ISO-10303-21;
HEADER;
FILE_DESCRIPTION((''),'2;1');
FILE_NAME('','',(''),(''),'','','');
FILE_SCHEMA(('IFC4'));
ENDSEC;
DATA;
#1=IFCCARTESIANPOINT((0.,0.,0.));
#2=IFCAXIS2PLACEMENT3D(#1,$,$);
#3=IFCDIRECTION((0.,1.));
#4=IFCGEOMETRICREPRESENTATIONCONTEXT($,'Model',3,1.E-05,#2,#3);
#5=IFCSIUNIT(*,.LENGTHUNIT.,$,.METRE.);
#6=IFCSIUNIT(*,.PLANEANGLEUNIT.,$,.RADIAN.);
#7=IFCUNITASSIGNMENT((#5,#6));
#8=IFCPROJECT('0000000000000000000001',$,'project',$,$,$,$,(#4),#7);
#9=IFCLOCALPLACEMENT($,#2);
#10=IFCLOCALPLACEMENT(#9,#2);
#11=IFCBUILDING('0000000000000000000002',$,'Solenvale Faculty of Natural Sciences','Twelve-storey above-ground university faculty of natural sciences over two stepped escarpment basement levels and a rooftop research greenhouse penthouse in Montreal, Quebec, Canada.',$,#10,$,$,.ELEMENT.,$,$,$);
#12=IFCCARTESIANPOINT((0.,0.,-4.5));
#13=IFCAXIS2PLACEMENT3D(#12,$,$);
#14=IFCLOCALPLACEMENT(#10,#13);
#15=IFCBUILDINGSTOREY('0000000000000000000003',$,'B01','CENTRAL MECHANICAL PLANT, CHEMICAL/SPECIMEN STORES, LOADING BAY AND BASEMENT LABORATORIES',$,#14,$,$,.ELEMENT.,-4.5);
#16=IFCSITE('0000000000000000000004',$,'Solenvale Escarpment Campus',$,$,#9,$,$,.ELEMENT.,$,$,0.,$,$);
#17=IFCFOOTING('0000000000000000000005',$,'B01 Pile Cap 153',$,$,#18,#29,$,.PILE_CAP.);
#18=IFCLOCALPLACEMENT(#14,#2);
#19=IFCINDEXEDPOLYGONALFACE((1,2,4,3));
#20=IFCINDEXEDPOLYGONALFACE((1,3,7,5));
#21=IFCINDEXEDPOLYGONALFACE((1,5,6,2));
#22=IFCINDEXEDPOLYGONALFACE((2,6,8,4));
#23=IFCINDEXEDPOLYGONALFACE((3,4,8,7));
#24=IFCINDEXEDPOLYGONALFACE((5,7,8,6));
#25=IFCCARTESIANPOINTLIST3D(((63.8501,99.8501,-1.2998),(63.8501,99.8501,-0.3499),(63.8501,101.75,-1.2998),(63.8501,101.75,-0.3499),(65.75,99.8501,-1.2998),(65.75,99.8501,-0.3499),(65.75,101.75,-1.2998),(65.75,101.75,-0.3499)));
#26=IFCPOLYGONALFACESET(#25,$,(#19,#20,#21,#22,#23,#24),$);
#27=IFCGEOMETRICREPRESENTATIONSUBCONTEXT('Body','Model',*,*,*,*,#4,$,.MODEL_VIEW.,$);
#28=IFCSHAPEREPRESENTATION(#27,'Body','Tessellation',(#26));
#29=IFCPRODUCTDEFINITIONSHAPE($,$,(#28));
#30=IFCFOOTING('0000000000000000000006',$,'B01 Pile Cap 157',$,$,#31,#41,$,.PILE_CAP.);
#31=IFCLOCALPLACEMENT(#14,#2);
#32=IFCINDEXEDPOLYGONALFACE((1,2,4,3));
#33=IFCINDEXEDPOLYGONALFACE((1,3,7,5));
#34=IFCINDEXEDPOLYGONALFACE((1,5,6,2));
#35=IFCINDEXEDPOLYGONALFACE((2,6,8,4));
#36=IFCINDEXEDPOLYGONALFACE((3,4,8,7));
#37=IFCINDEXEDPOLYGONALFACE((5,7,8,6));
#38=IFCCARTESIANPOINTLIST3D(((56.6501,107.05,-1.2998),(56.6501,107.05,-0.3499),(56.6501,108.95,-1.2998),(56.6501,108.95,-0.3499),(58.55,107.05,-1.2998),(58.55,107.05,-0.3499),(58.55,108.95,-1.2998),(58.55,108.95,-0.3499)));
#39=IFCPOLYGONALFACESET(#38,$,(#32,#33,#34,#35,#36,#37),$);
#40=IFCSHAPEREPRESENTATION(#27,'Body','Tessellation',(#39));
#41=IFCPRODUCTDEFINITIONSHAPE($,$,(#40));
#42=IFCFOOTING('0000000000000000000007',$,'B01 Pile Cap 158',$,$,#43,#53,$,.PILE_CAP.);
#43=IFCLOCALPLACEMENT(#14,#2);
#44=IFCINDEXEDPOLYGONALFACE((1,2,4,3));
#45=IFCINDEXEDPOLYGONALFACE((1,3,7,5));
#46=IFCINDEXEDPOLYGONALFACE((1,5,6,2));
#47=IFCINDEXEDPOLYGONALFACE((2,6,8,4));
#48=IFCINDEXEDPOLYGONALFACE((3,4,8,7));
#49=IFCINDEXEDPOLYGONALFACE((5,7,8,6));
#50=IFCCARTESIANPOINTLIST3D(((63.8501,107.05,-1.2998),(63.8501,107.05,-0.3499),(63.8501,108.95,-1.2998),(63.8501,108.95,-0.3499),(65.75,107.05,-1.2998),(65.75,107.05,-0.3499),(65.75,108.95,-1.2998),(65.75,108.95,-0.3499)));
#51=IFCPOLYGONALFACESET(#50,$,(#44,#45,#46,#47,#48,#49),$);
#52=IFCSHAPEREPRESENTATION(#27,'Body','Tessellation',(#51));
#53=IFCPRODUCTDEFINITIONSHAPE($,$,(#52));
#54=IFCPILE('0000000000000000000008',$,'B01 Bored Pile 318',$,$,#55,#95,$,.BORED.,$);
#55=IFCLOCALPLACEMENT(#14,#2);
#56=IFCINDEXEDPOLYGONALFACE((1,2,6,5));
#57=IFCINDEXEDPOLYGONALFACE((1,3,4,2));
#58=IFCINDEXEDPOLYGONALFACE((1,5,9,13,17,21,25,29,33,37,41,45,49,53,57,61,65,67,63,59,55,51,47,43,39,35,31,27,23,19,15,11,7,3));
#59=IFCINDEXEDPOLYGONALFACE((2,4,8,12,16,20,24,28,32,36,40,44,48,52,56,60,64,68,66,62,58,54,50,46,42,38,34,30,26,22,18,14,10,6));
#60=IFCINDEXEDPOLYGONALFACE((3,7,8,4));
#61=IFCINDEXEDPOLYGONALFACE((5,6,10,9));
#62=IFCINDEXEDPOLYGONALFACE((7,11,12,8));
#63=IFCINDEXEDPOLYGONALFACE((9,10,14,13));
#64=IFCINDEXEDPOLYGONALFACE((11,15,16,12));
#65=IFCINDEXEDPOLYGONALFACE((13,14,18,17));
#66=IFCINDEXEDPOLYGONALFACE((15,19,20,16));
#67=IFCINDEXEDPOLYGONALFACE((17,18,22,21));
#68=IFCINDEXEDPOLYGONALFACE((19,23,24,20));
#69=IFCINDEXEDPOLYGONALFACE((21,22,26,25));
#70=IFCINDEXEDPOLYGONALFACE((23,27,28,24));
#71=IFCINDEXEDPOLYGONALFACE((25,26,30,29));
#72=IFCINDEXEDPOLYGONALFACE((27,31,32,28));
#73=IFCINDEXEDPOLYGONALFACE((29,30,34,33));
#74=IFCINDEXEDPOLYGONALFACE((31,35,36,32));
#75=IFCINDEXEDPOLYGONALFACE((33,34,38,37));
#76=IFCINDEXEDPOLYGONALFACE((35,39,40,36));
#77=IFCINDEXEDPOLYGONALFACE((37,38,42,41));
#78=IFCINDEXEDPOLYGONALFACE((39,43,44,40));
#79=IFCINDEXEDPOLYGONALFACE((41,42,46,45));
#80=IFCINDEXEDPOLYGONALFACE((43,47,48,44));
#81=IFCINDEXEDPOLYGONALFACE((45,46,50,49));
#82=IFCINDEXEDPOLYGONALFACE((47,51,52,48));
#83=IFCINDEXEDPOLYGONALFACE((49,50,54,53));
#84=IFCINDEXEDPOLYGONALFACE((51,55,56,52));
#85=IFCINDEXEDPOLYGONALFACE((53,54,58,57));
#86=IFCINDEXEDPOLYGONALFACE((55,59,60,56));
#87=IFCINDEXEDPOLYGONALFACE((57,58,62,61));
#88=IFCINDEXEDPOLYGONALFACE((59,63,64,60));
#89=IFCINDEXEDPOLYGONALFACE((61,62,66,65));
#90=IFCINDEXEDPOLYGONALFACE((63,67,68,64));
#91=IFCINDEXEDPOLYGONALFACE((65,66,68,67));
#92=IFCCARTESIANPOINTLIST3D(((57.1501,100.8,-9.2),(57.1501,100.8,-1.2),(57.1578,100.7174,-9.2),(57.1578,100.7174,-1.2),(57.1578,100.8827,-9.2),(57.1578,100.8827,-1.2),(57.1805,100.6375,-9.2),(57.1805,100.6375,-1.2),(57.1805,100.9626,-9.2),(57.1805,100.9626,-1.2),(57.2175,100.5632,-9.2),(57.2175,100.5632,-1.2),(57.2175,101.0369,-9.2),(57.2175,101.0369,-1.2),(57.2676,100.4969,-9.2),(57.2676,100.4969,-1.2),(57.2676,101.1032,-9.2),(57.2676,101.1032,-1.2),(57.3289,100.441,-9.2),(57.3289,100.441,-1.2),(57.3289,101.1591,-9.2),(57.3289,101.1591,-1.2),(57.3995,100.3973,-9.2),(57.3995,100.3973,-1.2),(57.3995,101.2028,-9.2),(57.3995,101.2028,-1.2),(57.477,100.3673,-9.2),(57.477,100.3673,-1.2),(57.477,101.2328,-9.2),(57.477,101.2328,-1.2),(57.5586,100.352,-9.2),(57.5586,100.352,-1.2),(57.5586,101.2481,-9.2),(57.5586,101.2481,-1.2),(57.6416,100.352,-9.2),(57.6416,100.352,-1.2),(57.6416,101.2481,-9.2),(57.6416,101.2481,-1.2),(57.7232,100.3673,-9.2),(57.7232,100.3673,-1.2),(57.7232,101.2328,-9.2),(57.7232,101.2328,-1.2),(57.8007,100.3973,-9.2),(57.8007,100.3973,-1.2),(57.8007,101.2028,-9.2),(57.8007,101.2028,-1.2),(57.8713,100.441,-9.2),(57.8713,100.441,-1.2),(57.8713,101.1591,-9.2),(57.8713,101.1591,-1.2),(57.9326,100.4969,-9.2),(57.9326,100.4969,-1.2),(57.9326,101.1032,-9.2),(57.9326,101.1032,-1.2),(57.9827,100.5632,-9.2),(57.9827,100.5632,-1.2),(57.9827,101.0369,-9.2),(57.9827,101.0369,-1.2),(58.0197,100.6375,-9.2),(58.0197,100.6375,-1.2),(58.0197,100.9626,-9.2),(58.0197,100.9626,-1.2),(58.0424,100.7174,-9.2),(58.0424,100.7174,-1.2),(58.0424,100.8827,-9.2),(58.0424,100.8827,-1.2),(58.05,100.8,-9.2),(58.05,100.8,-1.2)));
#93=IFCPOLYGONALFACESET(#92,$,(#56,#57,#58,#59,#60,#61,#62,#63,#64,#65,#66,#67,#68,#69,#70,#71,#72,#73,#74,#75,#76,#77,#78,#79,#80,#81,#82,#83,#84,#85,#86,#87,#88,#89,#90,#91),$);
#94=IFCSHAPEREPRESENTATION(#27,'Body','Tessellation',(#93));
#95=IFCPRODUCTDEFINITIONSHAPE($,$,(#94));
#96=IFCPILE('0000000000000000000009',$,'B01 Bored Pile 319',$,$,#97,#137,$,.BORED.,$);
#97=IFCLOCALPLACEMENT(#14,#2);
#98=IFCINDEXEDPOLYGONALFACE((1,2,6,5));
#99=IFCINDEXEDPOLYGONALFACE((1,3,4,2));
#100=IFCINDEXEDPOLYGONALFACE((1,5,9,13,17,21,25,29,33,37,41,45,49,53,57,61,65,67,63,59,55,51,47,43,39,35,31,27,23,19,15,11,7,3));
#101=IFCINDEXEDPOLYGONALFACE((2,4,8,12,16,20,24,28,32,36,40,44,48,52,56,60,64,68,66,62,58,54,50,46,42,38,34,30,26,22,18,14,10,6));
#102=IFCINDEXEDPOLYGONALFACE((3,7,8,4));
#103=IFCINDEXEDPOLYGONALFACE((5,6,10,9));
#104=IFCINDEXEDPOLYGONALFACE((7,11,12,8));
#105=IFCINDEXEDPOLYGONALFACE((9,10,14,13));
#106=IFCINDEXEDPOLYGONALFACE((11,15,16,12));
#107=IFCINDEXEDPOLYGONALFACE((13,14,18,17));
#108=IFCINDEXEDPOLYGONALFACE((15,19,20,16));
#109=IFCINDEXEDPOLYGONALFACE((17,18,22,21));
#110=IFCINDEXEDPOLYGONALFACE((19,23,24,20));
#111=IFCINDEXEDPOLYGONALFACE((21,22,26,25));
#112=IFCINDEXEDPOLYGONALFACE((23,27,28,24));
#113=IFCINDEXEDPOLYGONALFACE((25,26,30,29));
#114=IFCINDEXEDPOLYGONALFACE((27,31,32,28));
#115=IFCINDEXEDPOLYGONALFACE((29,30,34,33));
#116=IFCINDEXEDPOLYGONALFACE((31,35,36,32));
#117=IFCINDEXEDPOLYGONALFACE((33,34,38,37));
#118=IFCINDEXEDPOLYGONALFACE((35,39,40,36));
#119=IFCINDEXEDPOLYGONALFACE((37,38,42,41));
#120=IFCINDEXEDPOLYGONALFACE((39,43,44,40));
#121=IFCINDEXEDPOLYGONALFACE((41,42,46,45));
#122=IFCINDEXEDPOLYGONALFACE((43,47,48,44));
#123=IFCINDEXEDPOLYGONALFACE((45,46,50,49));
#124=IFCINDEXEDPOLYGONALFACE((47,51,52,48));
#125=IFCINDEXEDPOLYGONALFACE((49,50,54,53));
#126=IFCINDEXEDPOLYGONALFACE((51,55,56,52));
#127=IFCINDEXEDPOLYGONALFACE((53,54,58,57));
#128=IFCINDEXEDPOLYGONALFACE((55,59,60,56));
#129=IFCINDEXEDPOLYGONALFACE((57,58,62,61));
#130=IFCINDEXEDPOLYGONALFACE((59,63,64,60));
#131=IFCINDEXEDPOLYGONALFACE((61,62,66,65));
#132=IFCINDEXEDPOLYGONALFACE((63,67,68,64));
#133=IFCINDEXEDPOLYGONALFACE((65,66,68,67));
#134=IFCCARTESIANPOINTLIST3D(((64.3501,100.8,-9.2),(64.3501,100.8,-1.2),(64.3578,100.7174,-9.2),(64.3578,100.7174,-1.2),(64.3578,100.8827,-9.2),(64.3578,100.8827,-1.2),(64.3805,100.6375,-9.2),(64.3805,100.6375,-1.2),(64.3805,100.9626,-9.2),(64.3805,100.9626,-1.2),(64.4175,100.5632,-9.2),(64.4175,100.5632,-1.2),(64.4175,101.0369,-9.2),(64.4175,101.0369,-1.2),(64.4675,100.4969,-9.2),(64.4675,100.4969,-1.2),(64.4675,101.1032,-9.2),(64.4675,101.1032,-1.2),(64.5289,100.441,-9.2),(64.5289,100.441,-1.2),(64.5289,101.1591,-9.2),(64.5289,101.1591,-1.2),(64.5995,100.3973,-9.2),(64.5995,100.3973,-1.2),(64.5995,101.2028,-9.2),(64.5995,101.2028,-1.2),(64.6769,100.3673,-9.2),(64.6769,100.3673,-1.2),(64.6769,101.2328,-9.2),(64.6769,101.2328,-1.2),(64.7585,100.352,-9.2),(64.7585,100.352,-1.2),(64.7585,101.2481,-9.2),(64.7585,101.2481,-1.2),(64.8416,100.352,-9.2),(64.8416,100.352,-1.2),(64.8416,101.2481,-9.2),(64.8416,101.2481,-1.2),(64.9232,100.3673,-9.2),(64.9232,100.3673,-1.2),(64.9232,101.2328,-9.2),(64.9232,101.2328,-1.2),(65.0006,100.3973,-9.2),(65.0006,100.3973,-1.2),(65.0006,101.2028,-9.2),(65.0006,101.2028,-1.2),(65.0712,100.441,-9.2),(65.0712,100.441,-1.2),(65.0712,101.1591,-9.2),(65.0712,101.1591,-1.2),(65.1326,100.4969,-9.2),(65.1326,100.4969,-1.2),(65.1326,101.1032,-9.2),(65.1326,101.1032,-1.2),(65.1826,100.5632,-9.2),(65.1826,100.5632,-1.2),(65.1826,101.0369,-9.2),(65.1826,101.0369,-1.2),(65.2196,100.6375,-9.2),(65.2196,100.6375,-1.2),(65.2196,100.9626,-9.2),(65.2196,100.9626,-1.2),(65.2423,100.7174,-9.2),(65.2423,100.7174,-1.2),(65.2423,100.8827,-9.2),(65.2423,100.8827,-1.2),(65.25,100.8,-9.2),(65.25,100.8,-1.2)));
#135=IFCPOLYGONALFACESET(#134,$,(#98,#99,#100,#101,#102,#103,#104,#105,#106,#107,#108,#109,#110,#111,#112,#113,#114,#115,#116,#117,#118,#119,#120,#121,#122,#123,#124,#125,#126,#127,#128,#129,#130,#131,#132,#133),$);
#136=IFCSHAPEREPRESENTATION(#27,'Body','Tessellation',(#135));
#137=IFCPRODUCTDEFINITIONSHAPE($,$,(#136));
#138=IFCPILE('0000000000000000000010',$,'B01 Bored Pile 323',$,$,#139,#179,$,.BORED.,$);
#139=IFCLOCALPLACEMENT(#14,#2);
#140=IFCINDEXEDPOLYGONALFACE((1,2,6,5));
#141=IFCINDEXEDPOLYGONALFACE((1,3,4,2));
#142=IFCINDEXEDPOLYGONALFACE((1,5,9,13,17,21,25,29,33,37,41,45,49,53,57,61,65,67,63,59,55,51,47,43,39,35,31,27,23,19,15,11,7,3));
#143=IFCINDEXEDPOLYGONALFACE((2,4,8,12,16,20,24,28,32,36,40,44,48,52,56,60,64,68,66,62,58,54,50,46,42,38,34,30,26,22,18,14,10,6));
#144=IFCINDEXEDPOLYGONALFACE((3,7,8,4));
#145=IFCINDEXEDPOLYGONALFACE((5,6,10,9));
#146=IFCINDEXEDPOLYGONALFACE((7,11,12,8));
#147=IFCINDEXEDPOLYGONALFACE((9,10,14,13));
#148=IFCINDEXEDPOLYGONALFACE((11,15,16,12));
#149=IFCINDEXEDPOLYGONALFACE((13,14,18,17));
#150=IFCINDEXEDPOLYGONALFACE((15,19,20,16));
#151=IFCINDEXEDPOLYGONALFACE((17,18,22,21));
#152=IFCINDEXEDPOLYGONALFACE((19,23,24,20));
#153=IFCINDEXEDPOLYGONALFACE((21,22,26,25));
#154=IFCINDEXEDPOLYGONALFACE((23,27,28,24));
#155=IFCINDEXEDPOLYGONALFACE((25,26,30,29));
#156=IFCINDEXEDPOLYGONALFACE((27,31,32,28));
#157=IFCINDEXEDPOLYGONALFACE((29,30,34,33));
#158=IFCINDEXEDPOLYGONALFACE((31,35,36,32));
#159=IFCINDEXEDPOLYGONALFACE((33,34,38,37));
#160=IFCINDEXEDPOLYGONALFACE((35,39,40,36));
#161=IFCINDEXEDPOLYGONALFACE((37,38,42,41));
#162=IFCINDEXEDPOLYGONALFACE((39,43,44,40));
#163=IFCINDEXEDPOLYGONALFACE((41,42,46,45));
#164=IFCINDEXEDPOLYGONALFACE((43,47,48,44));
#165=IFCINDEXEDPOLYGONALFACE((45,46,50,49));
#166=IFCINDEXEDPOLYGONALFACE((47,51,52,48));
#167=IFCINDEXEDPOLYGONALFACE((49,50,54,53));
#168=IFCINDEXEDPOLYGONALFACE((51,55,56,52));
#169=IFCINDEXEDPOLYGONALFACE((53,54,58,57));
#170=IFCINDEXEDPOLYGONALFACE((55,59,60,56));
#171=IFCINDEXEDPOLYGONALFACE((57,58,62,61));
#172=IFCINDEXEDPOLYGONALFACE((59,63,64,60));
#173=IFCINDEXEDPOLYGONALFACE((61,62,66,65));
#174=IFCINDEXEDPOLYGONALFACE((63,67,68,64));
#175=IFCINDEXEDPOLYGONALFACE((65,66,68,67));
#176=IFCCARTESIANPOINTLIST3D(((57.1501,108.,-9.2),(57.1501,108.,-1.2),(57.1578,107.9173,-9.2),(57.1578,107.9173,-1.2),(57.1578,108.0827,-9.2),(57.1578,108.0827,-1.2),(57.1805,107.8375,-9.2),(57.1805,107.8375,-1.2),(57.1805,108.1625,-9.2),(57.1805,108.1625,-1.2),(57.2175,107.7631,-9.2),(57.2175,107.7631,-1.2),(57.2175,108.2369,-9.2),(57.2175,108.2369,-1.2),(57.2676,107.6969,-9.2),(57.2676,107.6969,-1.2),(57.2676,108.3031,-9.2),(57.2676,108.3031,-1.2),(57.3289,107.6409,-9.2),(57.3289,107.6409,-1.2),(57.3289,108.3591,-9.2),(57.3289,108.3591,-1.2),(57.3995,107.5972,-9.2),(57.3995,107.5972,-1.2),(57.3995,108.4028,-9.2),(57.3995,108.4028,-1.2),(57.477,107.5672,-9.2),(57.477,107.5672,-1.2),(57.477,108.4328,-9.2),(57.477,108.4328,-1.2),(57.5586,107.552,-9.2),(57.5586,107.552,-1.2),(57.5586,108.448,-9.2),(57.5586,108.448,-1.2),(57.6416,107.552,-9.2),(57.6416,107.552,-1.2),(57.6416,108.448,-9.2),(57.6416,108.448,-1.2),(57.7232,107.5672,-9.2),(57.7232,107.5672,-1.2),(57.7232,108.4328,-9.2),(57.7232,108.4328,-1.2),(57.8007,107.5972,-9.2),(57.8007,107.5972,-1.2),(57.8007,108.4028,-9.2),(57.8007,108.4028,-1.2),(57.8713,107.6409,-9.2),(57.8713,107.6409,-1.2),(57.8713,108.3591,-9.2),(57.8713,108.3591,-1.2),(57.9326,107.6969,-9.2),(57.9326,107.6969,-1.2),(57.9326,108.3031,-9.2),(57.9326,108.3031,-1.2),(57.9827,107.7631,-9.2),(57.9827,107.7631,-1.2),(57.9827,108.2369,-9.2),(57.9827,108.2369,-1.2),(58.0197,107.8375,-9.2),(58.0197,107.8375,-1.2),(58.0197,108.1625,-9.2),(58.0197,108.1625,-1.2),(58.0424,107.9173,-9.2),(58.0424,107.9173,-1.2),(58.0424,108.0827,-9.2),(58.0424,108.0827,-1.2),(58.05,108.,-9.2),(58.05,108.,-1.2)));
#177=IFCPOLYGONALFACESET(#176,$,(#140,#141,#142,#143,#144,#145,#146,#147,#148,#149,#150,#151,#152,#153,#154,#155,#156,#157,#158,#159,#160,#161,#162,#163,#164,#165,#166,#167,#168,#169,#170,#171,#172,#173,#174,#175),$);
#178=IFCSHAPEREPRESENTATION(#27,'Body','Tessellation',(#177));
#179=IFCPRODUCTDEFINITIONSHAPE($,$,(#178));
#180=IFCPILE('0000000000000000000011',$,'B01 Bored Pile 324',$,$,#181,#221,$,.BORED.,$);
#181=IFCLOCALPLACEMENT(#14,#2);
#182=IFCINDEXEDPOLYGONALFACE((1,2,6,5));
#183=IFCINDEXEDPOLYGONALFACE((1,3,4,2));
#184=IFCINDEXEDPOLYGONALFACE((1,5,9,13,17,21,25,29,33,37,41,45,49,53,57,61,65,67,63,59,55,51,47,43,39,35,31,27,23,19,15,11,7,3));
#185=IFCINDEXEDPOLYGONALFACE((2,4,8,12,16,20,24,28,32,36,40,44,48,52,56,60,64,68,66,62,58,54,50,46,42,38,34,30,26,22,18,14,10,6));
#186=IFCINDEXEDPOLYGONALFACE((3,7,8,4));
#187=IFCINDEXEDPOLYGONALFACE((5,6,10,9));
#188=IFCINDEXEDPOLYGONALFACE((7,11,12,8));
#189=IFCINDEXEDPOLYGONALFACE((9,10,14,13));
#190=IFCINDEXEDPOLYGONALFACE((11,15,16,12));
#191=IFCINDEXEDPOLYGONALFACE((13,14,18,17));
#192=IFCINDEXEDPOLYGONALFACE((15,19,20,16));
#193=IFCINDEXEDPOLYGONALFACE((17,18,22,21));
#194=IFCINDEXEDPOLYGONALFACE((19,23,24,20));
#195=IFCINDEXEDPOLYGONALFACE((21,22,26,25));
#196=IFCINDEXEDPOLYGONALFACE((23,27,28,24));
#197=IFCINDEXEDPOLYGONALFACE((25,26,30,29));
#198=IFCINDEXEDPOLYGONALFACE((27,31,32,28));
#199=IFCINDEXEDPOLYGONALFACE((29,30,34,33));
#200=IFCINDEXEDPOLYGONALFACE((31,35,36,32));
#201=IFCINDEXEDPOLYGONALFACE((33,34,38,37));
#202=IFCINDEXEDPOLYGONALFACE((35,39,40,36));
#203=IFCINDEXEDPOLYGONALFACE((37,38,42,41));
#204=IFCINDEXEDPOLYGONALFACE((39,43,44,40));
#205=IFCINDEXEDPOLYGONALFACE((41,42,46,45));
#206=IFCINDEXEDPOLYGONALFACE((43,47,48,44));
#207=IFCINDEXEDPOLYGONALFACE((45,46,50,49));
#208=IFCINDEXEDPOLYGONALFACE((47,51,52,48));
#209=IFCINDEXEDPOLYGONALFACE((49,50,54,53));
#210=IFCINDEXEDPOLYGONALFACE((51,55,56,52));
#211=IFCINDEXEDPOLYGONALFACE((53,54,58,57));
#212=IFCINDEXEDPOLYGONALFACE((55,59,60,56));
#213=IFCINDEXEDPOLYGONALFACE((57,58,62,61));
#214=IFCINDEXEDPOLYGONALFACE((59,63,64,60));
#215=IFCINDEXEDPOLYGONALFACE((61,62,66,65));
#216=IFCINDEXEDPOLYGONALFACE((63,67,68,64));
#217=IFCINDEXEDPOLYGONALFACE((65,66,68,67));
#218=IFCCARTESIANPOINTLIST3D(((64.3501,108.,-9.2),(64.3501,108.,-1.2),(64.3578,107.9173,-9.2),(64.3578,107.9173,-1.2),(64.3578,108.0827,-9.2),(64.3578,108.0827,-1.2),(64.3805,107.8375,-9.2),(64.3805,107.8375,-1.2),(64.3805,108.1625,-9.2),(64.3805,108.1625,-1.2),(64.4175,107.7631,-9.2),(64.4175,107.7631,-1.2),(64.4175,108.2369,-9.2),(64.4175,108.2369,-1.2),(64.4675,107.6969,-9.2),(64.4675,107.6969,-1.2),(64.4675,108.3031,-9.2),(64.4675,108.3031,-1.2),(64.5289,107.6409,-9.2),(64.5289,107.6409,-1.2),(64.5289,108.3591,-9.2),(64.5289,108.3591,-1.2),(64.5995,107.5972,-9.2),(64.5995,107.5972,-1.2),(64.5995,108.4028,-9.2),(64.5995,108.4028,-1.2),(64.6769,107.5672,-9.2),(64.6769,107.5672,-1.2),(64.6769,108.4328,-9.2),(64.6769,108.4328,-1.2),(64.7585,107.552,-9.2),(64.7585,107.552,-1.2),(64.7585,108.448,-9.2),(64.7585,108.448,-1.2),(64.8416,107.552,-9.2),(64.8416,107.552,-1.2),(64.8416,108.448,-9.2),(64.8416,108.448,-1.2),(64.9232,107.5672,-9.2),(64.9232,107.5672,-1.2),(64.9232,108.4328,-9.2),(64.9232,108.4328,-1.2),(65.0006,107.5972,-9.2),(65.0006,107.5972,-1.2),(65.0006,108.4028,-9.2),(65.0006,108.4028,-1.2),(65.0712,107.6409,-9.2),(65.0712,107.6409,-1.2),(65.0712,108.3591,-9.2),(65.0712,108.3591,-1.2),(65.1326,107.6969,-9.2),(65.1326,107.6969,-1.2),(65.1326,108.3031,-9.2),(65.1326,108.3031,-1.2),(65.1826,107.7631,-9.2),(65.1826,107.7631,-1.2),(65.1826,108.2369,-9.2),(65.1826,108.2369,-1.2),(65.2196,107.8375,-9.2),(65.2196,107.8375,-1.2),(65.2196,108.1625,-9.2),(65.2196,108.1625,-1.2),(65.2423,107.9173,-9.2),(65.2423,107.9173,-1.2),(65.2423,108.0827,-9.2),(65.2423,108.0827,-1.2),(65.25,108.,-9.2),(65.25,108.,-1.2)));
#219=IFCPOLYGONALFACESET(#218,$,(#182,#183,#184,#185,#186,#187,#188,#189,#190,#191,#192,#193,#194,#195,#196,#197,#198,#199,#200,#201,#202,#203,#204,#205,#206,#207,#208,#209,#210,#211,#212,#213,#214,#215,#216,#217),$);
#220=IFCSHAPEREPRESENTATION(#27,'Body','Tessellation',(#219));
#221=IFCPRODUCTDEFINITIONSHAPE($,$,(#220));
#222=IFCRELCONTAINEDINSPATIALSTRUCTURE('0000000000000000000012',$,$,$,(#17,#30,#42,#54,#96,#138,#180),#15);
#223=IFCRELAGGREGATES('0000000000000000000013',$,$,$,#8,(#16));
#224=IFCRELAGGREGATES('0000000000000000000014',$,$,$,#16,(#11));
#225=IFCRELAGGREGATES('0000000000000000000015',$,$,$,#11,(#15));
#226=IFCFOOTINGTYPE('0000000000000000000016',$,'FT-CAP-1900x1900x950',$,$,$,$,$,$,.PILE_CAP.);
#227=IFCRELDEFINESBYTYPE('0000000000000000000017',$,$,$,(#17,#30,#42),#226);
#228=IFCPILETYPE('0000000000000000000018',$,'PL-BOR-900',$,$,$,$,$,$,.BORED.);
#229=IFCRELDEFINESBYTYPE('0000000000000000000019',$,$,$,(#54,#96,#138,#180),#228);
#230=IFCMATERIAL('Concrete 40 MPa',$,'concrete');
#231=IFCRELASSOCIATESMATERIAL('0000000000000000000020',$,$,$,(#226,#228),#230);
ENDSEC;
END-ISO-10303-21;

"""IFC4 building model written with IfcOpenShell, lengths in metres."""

from ifc_helpers import new_model, si_unit, direction, frame, origin, origin_2d, place, context, subcontext, project, spatial, rectangle, circle, extrude, material, material_profile, profile_set, type_object, element, save


model = new_model("IFC4")

# Units and contexts
model_context = context("Model", 3, precision=1e-05, world=origin(), true_north=direction((0.0, 1.0)))
body_context = subcontext(model_context, "Body", "Model", "MODEL_VIEW")
ifc_project = project(units=[si_unit("LENGTHUNIT", "METRE"), si_unit("PLANEANGLEUNIT", "RADIAN")], contexts=[model_context])

# Site, building, storey
site_placement = place(None, origin())
site = spatial("IfcSite", under=ifc_project, at=site_placement, Name="Solenvale Escarpment Campus", CompositionType="ELEMENT", RefElevation=0.0)
building_placement = place(site_placement, origin())
building = spatial("IfcBuilding", under=site, at=building_placement, Name="Solenvale Faculty of Natural Sciences", Description="Twelve-storey above-ground university faculty of natural sciences over two stepped escarpment basement levels and a rooftop research greenhouse penthouse in Montreal, Quebec, Canada.", CompositionType="ELEMENT")
storey_placement = place(building_placement, frame((0.0, 0.0, -4.5)))
storey = spatial("IfcBuildingStorey", under=building, at=storey_placement, Name="B01", Description="CENTRAL MECHANICAL PLANT, CHEMICAL/SPECIMEN STORES, LOADING BAY AND BASEMENT LABORATORIES", CompositionType="ELEMENT", Elevation=-4.5)

# Footings
ifc_material_1 = material(Name="Concrete 40 MPa", Category="concrete")
footing_type = type_object("IfcFootingType", Name="FT-CAP-1900x1900x950", PredefinedType="PILE_CAP", material=ifc_material_1)
for number, where, z_axis, x_axis, name in (
    (1, (64.8, 100.8, -1.2998), (0.0, 0.0, 1.0), (1.0, 0.0, 0.0), "B01 Pile Cap 153"),
    (2, (57.6001, 108.0, -1.2998), (0.0, 0.0, 1.0), (1.0, 0.0, 0.0), "B01 Pile Cap 157"),
    (3, (64.8, 108.0, -1.2998), (0.0, 0.0, 1.0), (1.0, 0.0, 0.0), "B01 Pile Cap 158"),
):
    element("IfcFooting", number, at=place(storey_placement, frame(where, z_axis=z_axis, x_axis=x_axis)), inside=storey, type_object=footing_type, Name=name, PredefinedType="PILE_CAP", context=body_context, shape_type="SweptSolid", body=[
        extrude(rectangle(XDim=1.8999, YDim=1.8999, at=origin_2d()), origin(), (0.0, 0.0, 1.0), 0.95),
    ])

# Piles
ifc_material_profile_1 = material_profile(ifc_material_1, circle(Radius=0.45, at=origin_2d()), Name="PILE-D900")
ifc_profile_set_1 = profile_set([ifc_material_profile_1], Name="Concrete 40 MPa")
pile_type = type_object("IfcPileType", Name="PL-BOR-900", PredefinedType="BORED", material=ifc_profile_set_1)
for number, where, z_axis, x_axis, name in (
    (4, (57.6001, 100.8, -1.2), (0.0, 0.0, -1.0), (1.0, 0.0, 0.0), "B01 Bored Pile 318"),
    (5, (64.8, 100.8, -1.2), (0.0, 0.0, -1.0), (1.0, 0.0, 0.0), "B01 Bored Pile 319"),
    (6, (57.6001, 108.0, -1.2), (0.0, 0.0, -1.0), (1.0, 0.0, 0.0), "B01 Bored Pile 323"),
    (7, (64.8, 108.0, -1.2), (0.0, 0.0, -1.0), (1.0, 0.0, 0.0), "B01 Bored Pile 324"),
):
    element("IfcPile", number, at=place(storey_placement, frame(where, z_axis=z_axis, x_axis=x_axis)), inside=storey, type_object=pile_type, Name=name, PredefinedType="BORED", context=body_context, shape_type="SweptSolid", body=[
        extrude(circle(Radius=0.45, at=origin_2d()), origin(), (0.0, 0.0, 1.0), 8.0),
    ])

save(model, "model.ifc")
